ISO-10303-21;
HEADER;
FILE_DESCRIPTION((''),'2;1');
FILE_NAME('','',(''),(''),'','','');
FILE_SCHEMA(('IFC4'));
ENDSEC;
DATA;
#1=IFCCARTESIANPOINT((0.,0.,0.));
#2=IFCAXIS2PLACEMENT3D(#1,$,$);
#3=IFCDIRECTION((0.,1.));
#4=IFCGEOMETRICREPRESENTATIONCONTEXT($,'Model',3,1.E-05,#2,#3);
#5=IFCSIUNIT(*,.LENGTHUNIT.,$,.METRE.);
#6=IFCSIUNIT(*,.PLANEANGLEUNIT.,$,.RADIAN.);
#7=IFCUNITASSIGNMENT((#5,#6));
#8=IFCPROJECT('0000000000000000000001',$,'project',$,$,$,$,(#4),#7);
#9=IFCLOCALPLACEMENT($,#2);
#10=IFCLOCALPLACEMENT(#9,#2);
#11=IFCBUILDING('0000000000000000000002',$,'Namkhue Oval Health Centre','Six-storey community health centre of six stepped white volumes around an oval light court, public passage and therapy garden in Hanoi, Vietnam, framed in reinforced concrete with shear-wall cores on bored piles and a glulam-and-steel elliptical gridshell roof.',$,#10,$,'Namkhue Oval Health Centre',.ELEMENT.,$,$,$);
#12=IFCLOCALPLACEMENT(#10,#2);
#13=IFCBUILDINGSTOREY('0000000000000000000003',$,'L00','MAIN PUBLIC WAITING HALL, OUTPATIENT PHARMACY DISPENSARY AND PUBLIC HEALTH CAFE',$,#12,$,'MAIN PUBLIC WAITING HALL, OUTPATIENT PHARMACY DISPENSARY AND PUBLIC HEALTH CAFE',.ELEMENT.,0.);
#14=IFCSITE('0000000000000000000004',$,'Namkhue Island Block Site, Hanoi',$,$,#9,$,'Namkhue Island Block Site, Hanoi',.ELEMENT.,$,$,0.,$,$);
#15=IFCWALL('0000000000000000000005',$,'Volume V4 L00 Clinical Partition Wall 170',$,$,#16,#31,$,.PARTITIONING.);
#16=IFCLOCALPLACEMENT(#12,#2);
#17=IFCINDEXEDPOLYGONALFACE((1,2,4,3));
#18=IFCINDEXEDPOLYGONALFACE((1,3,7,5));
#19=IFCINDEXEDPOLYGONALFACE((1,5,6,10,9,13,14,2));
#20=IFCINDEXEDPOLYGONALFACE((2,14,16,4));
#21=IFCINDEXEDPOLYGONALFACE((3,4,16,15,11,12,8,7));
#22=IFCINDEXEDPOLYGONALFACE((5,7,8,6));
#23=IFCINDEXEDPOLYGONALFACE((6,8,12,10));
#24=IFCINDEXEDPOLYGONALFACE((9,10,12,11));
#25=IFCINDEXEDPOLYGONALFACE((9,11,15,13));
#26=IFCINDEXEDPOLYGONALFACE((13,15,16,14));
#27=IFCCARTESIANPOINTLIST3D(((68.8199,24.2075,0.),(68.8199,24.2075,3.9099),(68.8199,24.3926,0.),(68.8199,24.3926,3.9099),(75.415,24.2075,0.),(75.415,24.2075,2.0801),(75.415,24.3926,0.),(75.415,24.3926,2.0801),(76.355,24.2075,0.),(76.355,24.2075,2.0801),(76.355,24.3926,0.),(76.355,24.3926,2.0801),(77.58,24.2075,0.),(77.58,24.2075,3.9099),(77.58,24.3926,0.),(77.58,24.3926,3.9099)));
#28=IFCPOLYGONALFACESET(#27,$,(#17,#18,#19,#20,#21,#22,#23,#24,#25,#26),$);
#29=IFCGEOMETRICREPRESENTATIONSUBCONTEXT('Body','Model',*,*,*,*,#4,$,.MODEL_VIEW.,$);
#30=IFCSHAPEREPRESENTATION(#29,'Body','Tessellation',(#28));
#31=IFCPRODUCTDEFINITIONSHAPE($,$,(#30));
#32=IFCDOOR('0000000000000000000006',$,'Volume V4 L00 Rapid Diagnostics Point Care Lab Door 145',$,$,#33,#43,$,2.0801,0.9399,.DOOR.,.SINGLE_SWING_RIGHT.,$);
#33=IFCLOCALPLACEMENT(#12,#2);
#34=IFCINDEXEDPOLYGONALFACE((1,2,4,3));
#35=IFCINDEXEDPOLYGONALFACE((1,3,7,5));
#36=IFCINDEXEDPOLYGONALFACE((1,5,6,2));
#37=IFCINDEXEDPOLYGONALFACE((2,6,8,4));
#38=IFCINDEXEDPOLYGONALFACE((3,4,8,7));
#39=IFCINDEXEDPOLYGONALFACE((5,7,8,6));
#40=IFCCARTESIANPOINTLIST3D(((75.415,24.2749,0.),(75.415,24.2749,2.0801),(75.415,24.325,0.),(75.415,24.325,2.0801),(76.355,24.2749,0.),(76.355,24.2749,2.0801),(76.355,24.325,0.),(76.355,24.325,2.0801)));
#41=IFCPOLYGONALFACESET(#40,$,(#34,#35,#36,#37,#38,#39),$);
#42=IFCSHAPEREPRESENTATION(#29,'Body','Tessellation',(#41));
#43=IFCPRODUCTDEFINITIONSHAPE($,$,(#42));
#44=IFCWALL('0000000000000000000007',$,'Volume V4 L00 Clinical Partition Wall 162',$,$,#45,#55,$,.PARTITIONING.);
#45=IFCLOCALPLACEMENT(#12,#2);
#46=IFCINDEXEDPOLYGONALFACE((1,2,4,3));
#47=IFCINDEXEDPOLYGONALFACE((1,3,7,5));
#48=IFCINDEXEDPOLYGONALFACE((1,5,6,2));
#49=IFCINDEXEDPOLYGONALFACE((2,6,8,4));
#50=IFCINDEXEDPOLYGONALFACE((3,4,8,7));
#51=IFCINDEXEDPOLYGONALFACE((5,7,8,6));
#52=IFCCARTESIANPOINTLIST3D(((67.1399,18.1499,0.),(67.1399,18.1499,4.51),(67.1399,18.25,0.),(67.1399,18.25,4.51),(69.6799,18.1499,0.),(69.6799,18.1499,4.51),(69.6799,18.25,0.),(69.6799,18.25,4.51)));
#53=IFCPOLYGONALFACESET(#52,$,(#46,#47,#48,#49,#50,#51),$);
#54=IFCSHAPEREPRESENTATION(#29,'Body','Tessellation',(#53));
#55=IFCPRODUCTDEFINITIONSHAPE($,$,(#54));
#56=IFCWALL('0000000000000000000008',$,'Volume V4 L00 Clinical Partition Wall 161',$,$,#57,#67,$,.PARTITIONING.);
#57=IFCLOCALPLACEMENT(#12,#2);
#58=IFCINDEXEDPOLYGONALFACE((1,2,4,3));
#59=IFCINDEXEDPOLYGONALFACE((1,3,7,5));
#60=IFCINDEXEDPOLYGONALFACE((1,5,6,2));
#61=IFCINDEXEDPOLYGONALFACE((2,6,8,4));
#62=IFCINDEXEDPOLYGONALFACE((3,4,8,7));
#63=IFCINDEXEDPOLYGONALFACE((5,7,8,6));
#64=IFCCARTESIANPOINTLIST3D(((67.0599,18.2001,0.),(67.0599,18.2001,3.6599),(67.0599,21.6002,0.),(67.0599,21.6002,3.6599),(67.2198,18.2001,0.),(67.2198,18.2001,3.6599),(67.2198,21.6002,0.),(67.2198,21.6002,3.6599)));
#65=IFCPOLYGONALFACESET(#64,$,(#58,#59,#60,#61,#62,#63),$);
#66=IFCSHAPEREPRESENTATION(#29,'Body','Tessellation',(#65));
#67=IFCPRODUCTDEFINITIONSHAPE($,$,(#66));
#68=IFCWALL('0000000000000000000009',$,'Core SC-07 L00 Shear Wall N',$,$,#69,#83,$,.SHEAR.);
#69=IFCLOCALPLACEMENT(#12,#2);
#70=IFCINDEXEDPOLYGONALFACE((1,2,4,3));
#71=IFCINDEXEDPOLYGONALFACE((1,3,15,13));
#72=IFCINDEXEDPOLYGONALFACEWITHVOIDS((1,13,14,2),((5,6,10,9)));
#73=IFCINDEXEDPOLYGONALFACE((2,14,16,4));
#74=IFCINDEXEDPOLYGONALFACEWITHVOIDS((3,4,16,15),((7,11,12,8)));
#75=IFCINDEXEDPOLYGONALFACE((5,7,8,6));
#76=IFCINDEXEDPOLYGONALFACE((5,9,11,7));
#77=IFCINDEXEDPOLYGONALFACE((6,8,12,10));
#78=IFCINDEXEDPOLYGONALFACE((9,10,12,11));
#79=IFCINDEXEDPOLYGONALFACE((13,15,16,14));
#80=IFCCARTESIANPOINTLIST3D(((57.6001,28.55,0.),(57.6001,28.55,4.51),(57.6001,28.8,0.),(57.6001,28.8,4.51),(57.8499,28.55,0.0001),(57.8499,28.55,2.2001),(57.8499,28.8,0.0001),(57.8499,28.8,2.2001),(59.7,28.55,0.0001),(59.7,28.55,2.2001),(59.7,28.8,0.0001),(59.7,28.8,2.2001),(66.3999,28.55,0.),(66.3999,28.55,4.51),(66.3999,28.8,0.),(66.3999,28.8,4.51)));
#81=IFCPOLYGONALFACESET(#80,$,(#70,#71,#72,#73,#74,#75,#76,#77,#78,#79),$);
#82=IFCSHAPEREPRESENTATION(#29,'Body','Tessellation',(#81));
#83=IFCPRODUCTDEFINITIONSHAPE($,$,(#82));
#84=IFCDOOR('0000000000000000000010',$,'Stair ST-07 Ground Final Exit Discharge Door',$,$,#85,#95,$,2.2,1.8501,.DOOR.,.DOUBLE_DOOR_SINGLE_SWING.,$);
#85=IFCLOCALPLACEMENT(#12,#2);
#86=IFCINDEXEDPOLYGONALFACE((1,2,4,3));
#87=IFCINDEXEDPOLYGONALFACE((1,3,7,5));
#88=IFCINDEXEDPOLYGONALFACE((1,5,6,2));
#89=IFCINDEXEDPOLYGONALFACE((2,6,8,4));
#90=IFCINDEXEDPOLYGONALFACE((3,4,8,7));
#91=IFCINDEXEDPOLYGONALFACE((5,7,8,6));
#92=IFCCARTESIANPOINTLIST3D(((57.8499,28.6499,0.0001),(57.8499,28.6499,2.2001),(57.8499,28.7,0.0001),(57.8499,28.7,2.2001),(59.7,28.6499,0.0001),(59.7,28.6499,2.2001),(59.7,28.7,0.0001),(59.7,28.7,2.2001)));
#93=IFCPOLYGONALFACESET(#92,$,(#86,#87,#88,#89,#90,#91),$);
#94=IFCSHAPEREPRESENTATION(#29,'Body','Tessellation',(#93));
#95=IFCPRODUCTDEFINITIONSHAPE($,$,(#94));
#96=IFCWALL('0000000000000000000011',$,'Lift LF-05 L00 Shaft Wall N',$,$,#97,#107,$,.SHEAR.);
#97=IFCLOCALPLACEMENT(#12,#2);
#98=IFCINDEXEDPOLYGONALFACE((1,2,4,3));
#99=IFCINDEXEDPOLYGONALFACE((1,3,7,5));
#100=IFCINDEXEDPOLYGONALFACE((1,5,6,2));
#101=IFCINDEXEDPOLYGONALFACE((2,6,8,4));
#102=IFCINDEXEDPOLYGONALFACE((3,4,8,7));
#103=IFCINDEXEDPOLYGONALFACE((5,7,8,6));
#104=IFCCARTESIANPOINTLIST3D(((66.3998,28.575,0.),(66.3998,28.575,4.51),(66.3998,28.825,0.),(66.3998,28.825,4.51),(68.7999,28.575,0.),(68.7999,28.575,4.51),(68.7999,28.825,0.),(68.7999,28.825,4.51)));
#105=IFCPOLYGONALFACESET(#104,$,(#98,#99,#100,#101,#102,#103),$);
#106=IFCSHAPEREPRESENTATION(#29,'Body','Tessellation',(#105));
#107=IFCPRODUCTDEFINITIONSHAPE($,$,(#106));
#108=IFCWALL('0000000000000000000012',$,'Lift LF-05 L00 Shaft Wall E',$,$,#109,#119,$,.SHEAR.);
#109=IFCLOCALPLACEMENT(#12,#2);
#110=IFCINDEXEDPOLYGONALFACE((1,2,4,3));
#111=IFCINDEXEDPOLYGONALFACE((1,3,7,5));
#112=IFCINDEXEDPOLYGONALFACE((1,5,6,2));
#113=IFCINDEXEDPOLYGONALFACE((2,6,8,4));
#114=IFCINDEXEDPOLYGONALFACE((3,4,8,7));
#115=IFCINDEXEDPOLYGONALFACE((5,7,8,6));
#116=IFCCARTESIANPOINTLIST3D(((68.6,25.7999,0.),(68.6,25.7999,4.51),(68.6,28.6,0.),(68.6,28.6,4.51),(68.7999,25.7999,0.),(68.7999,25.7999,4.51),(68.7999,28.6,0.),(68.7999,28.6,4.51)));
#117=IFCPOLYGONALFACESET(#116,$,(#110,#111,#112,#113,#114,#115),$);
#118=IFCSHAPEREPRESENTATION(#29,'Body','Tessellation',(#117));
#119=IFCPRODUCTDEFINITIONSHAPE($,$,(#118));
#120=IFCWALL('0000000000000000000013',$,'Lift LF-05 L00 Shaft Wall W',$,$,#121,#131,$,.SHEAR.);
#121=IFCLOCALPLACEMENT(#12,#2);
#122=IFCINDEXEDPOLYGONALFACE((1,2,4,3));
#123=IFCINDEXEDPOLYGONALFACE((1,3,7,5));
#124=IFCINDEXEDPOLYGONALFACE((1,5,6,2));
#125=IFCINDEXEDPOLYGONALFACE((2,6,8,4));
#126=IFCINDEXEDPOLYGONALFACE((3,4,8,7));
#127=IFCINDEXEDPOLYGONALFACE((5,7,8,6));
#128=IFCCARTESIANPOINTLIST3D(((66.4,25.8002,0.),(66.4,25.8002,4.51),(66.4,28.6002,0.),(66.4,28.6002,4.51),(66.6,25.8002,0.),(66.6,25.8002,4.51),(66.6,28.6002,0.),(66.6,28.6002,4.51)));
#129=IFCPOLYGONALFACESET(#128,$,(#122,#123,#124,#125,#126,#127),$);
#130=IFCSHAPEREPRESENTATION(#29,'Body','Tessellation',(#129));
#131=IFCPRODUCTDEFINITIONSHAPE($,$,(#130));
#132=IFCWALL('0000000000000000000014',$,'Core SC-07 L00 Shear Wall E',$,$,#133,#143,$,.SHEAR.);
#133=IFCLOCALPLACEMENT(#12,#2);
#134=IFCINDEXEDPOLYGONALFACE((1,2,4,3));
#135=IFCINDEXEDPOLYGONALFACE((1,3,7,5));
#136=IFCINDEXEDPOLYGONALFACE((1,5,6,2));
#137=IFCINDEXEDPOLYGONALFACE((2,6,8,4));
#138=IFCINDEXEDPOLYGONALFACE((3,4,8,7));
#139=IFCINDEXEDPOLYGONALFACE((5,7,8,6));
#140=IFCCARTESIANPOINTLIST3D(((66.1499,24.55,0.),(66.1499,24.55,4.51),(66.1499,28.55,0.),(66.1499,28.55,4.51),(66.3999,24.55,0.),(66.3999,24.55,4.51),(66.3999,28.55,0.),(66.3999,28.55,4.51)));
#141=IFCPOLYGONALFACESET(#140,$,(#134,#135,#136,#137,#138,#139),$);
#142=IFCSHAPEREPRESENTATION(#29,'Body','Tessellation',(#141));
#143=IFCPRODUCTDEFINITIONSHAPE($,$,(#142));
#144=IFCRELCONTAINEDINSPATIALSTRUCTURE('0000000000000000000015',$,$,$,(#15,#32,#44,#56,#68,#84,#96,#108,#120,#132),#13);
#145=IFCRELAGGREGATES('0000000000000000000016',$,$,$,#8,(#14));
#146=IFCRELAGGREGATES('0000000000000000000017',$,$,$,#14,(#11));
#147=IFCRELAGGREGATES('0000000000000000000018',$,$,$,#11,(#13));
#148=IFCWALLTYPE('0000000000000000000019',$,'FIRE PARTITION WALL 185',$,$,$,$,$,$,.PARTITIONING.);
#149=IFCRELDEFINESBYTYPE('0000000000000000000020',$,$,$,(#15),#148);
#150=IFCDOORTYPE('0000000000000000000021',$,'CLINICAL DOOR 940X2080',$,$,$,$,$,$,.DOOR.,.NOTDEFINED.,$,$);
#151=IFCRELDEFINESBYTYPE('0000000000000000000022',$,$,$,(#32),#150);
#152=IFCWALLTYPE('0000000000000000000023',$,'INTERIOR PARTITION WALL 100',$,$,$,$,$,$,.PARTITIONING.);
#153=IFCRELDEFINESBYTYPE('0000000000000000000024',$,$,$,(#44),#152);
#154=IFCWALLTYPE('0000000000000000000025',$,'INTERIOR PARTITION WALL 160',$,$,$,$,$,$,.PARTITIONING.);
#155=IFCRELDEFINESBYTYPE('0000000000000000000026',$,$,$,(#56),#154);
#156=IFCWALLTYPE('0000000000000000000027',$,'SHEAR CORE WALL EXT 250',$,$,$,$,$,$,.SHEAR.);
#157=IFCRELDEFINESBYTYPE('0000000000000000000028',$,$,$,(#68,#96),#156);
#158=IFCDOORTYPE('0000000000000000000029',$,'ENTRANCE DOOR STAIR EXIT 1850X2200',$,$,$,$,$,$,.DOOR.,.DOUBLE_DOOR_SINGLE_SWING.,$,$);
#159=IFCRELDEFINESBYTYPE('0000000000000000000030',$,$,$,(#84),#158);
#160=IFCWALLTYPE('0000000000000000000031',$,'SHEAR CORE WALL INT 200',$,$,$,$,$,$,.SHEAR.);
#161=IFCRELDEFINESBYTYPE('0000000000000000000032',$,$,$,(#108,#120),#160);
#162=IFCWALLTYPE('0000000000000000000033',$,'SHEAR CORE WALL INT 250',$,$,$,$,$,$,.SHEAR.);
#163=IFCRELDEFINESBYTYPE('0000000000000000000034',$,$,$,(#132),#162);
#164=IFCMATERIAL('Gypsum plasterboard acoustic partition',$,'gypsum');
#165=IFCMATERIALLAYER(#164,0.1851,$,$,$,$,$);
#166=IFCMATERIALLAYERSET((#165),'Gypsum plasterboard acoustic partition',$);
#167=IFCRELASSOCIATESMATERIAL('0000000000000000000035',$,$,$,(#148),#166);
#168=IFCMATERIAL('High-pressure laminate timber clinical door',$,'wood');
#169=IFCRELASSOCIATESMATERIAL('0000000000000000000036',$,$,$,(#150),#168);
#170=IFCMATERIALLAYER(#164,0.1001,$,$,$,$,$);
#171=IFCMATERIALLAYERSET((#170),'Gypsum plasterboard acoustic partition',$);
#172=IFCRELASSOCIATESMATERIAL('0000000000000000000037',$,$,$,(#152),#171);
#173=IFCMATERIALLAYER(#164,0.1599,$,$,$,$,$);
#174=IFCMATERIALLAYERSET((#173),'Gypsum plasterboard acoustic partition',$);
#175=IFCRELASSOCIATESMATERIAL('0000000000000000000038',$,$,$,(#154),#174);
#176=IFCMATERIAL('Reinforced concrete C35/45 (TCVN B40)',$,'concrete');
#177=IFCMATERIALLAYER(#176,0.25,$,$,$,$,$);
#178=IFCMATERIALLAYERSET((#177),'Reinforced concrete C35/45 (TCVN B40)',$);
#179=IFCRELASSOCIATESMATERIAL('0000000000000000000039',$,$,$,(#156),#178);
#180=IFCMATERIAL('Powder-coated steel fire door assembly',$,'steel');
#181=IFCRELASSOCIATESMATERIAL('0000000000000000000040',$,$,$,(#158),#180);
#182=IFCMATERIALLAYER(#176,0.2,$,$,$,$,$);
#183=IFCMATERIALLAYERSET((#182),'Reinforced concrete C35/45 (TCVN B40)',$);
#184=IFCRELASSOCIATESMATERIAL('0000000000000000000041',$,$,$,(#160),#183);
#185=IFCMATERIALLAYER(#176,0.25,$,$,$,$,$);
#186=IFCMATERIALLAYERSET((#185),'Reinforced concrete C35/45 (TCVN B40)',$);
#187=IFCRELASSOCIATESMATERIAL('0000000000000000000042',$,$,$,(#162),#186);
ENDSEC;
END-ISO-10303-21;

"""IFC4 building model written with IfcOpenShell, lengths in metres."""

from ifc_helpers import new_model, si_unit, direction, frame, frame_2d, origin, place, context, subcontext, project, spatial, rectangle, extrude, material, layer, layer_set, type_object, element, fill, save


model = new_model("IFC4")

# Units and contexts
model_context = context("Model", 3, precision=1e-05, world=origin(), true_north=direction((0.0, 1.0)))
body_context = subcontext(model_context, "Body", "Model", "MODEL_VIEW")
ifc_project = project(units=[si_unit("LENGTHUNIT", "METRE"), si_unit("PLANEANGLEUNIT", "RADIAN")], contexts=[model_context])

# Site, building, storey
site_placement = place(None, origin())
site = spatial("IfcSite", under=ifc_project, at=site_placement, Name="Namkhue Island Block Site, Hanoi", LongName="Namkhue Island Block Site, Hanoi", CompositionType="ELEMENT", RefElevation=0.0)
building_placement = place(site_placement, origin())
building = spatial("IfcBuilding", under=site, at=building_placement, Name="Namkhue Oval Health Centre", Description="Six-storey community health centre of six stepped white volumes around an oval light court, public passage and therapy garden in Hanoi, Vietnam, framed in reinforced concrete with shear-wall cores on bored piles and a glulam-and-steel elliptical gridshell roof.", LongName="Namkhue Oval Health Centre", CompositionType="ELEMENT")
storey_placement = place(building_placement, origin())
storey = spatial("IfcBuildingStorey", under=building, at=storey_placement, Name="L00", Description="MAIN PUBLIC WAITING HALL, OUTPATIENT PHARMACY DISPENSARY AND PUBLIC HEALTH CAFE", LongName="MAIN PUBLIC WAITING HALL, OUTPATIENT PHARMACY DISPENSARY AND PUBLIC HEALTH CAFE", CompositionType="ELEMENT", Elevation=0.0)

# Shared definitions
ifc_material_1 = material(Name="Reinforced concrete C35/45 (TCVN B40)", Category="concrete")

# Wall, opening, door
ifc_material_2 = material(Name="Gypsum plasterboard acoustic partition", Category="gypsum")
ifc_layer_1 = layer(ifc_material_2, 0.1851)
ifc_layer_set_1 = layer_set([ifc_layer_1], Name="Gypsum plasterboard acoustic partition")
wall_type_1 = type_object("IfcWallType", Name="FIRE PARTITION WALL 185", PredefinedType="PARTITIONING", material=ifc_layer_set_1)
wall_1_placement = place(storey_placement, frame((68.8201, 24.3, 0.0), z_axis=(0.0, 0.0, 1.0), x_axis=(1.0, 0.0, 0.0)))
wall_1 = element("IfcWall", 1, at=wall_1_placement, inside=storey, type_object=wall_type_1, Name="Volume V4 L00 Clinical Partition Wall 170", PredefinedType="PARTITIONING", context=body_context, shape_type="SweptSolid", body=[
    extrude(rectangle(XDim=8.76, YDim=0.1851, at=frame_2d((4.3799, 0.0))), origin(), (0.0, 0.0, 1.0), 3.9099),
])
opening_1_placement = place(wall_1_placement, frame((6.595, 0.0, 0.0)))
opening_1 = element("IfcOpeningElement", 2, at=opening_1_placement, cuts=wall_1, PredefinedType="OPENING", context=body_context, shape_type="SweptSolid", body=[
    extrude(rectangle(XDim=0.9399, YDim=2.0801, at=frame_2d((0.47, 1.04))), frame((0.0, 0.1025, 0.0), z_axis=(0.0, -1.0, 0.0), x_axis=(1.0, 0.0, 0.0)), (0.0, 0.0, 1.0), 0.2051),
])
ifc_material_3 = material(Name="High-pressure laminate timber clinical door", Category="wood")
door_type_1 = type_object("IfcDoorType", Name="CLINICAL DOOR 940X2080", OperationType="NOTDEFINED", PredefinedType="DOOR", material=ifc_material_3)
door_1_placement = place(opening_1_placement, origin())
door_1 = element("IfcDoor", 3, at=door_1_placement, inside=storey, type_object=door_type_1, Name="Volume V4 L00 Rapid Diagnostics Point Care Lab Door 145", OperationType="SINGLE_SWING_RIGHT", OverallHeight=2.0801, OverallWidth=0.9399, PredefinedType="DOOR", context=body_context, shape_type="SweptSolid", body=[
    extrude(rectangle(XDim=0.9399, YDim=2.0801, at=frame_2d((0.47, 1.04))), frame((0.0, 0.0249, 0.0), z_axis=(0.0, -1.0, 0.0), x_axis=(1.0, 0.0, 0.0)), (0.0, 0.0, 1.0), 0.05),
])
fill(opening_1, door_1)

# Walls
ifc_layer_2 = layer(ifc_material_2, 0.1001)
ifc_layer_set_2 = layer_set([ifc_layer_2], Name="Gypsum plasterboard acoustic partition")
wall_type_2 = type_object("IfcWallType", Name="INTERIOR PARTITION WALL 100", PredefinedType="PARTITIONING", material=ifc_layer_set_2)
wall_2_placement = place(storey_placement, frame((67.1399, 18.2, 0.0), z_axis=(0.0, 0.0, 1.0), x_axis=(1.0, 0.0, 0.0)))
element("IfcWall", 4, at=wall_2_placement, inside=storey, type_object=wall_type_2, Name="Volume V4 L00 Clinical Partition Wall 162", PredefinedType="PARTITIONING", context=body_context, shape_type="SweptSolid", body=[
    extrude(rectangle(XDim=2.54, YDim=0.1001, at=frame_2d((1.27, 0.0))), origin(), (0.0, 0.0, 1.0), 4.51),
])
ifc_layer_3 = layer(ifc_material_2, 0.1599)
ifc_layer_set_3 = layer_set([ifc_layer_3], Name="Gypsum plasterboard acoustic partition")
wall_type_3 = type_object("IfcWallType", Name="INTERIOR PARTITION WALL 160", PredefinedType="PARTITIONING", material=ifc_layer_set_3)
wall_3_placement = place(storey_placement, frame((67.1399, 18.2, 0.0), z_axis=(0.0, 0.0, 1.0), x_axis=(0.0, 1.0, 0.0)))
element("IfcWall", 5, at=wall_3_placement, inside=storey, type_object=wall_type_3, Name="Volume V4 L00 Clinical Partition Wall 161", PredefinedType="PARTITIONING", context=body_context, shape_type="SweptSolid", body=[
    extrude(rectangle(XDim=3.4001, YDim=0.1599, at=frame_2d((1.7002, 0.0))), origin(), (0.0, 0.0, 1.0), 3.6599),
])

# Wall, opening, door
ifc_layer_4 = layer(ifc_material_1, 0.25)
ifc_layer_set_4 = layer_set([ifc_layer_4], Name="Reinforced concrete C35/45 (TCVN B40)")
wall_type_4 = type_object("IfcWallType", Name="SHEAR CORE WALL EXT 250", PredefinedType="SHEAR", material=ifc_layer_set_4)
wall_4_placement = place(storey_placement, frame((66.3999, 28.675, 0.0), z_axis=(0.0, 0.0, 1.0), x_axis=(-1.0, 0.0, 0.0)))
wall_4 = element("IfcWall", 6, at=wall_4_placement, inside=storey, type_object=wall_type_4, Name="Core SC-07 L00 Shear Wall N", PredefinedType="SHEAR", context=body_context, shape_type="SweptSolid", body=[
    extrude(rectangle(XDim=8.7998, YDim=0.25, at=frame_2d((4.3999, 0.0))), origin(), (0.0, 0.0, 1.0), 4.51),
])
opening_2_placement = place(wall_4_placement, frame((6.7, 0.0, 0.0)))
opening_2 = element("IfcOpeningElement", 7, at=opening_2_placement, cuts=wall_4, PredefinedType="OPENING", context=body_context, shape_type="SweptSolid", body=[
    extrude(rectangle(XDim=1.8501, YDim=2.2, at=frame_2d((0.925, 1.1001))), frame((0.0, 0.135, 0.0), z_axis=(0.0, -1.0, 0.0), x_axis=(1.0, 0.0, 0.0)), (0.0, 0.0, 1.0), 0.27),
])
ifc_material_4 = material(Name="Powder-coated steel fire door assembly", Category="steel")
door_type_2 = type_object("IfcDoorType", Name="ENTRANCE DOOR STAIR EXIT 1850X2200", OperationType="DOUBLE_DOOR_SINGLE_SWING", PredefinedType="DOOR", material=ifc_material_4)
door_2_placement = place(opening_2_placement, frame((1.8501, 0.0, 0.0), z_axis=(0.0, 0.0, 1.0), x_axis=(-1.0, 0.0, 0.0)))
door_2 = element("IfcDoor", 8, at=door_2_placement, inside=storey, type_object=door_type_2, Name="Stair ST-07 Ground Final Exit Discharge Door", OperationType="DOUBLE_DOOR_SINGLE_SWING", OverallHeight=2.2, OverallWidth=1.8501, PredefinedType="DOOR", context=body_context, shape_type="SweptSolid", body=[
    extrude(rectangle(XDim=1.8501, YDim=2.2, at=frame_2d((0.925, 1.1001))), frame((0.0, 0.0249, 0.0), z_axis=(0.0, -1.0, 0.0), x_axis=(1.0, 0.0, 0.0)), (0.0, 0.0, 1.0), 0.05),
])
fill(opening_2, door_2)

# Wall
wall_5_placement = place(storey_placement, frame((68.8, 28.7, 0.0), z_axis=(0.0, 0.0, 1.0), x_axis=(-1.0, 0.0, 0.0)))
element("IfcWall", 9, at=wall_5_placement, inside=storey, type_object=wall_type_4, Name="Lift LF-05 L00 Shaft Wall N", PredefinedType="SHEAR", context=body_context, shape_type="SweptSolid", body=[
    extrude(rectangle(XDim=2.4001, YDim=0.25, at=frame_2d((1.2002, 0.0))), origin(), (0.0, 0.0, 1.0), 4.51),
])

# Shared definitions
ifc_layer_5 = layer(ifc_material_1, 0.2)
ifc_layer_set_5 = layer_set([ifc_layer_5], Name="Reinforced concrete C35/45 (TCVN B40)")
wall_type_5 = type_object("IfcWallType", Name="SHEAR CORE WALL INT 200", PredefinedType="SHEAR", material=ifc_layer_set_5)

# Walls
for number, where, z_axis, x_axis, name in (
    (10, (68.7, 25.8, 0.0), (0.0, 0.0, 1.0), (0.0, 1.0, 0.0), "Lift LF-05 L00 Shaft Wall E"),
    (11, (66.5, 28.6001, 0.0), (0.0, 0.0, 1.0), (0.0, -1.0, 0.0), "Lift LF-05 L00 Shaft Wall W"),
):
    element("IfcWall", number, at=place(storey_placement, frame(where, z_axis=z_axis, x_axis=x_axis)), inside=storey, type_object=wall_type_5, Name=name, PredefinedType="SHEAR", context=body_context, shape_type="SweptSolid", body=[
        extrude(rectangle(XDim=2.8, YDim=0.2, at=frame_2d((1.3999, 0.0))), origin(), (0.0, 0.0, 1.0), 4.51),
    ])
ifc_layer_6 = layer(ifc_material_1, 0.25)
ifc_layer_set_6 = layer_set([ifc_layer_6], Name="Reinforced concrete C35/45 (TCVN B40)")
wall_type_6 = type_object("IfcWallType", Name="SHEAR CORE WALL INT 250", PredefinedType="SHEAR", material=ifc_layer_set_6)
wall_6_placement = place(storey_placement, frame((66.2749, 24.55, 0.0), z_axis=(0.0, 0.0, 1.0), x_axis=(0.0, 1.0, 0.0)))
element("IfcWall", 12, at=wall_6_placement, inside=storey, type_object=wall_type_6, Name="Core SC-07 L00 Shear Wall E", PredefinedType="SHEAR", context=body_context, shape_type="SweptSolid", body=[
    extrude(rectangle(XDim=4.0, YDim=0.25, at=frame_2d((2.0, 0.0))), origin(), (0.0, 0.0, 1.0), 4.51),
])

save(model, "model.ifc")
